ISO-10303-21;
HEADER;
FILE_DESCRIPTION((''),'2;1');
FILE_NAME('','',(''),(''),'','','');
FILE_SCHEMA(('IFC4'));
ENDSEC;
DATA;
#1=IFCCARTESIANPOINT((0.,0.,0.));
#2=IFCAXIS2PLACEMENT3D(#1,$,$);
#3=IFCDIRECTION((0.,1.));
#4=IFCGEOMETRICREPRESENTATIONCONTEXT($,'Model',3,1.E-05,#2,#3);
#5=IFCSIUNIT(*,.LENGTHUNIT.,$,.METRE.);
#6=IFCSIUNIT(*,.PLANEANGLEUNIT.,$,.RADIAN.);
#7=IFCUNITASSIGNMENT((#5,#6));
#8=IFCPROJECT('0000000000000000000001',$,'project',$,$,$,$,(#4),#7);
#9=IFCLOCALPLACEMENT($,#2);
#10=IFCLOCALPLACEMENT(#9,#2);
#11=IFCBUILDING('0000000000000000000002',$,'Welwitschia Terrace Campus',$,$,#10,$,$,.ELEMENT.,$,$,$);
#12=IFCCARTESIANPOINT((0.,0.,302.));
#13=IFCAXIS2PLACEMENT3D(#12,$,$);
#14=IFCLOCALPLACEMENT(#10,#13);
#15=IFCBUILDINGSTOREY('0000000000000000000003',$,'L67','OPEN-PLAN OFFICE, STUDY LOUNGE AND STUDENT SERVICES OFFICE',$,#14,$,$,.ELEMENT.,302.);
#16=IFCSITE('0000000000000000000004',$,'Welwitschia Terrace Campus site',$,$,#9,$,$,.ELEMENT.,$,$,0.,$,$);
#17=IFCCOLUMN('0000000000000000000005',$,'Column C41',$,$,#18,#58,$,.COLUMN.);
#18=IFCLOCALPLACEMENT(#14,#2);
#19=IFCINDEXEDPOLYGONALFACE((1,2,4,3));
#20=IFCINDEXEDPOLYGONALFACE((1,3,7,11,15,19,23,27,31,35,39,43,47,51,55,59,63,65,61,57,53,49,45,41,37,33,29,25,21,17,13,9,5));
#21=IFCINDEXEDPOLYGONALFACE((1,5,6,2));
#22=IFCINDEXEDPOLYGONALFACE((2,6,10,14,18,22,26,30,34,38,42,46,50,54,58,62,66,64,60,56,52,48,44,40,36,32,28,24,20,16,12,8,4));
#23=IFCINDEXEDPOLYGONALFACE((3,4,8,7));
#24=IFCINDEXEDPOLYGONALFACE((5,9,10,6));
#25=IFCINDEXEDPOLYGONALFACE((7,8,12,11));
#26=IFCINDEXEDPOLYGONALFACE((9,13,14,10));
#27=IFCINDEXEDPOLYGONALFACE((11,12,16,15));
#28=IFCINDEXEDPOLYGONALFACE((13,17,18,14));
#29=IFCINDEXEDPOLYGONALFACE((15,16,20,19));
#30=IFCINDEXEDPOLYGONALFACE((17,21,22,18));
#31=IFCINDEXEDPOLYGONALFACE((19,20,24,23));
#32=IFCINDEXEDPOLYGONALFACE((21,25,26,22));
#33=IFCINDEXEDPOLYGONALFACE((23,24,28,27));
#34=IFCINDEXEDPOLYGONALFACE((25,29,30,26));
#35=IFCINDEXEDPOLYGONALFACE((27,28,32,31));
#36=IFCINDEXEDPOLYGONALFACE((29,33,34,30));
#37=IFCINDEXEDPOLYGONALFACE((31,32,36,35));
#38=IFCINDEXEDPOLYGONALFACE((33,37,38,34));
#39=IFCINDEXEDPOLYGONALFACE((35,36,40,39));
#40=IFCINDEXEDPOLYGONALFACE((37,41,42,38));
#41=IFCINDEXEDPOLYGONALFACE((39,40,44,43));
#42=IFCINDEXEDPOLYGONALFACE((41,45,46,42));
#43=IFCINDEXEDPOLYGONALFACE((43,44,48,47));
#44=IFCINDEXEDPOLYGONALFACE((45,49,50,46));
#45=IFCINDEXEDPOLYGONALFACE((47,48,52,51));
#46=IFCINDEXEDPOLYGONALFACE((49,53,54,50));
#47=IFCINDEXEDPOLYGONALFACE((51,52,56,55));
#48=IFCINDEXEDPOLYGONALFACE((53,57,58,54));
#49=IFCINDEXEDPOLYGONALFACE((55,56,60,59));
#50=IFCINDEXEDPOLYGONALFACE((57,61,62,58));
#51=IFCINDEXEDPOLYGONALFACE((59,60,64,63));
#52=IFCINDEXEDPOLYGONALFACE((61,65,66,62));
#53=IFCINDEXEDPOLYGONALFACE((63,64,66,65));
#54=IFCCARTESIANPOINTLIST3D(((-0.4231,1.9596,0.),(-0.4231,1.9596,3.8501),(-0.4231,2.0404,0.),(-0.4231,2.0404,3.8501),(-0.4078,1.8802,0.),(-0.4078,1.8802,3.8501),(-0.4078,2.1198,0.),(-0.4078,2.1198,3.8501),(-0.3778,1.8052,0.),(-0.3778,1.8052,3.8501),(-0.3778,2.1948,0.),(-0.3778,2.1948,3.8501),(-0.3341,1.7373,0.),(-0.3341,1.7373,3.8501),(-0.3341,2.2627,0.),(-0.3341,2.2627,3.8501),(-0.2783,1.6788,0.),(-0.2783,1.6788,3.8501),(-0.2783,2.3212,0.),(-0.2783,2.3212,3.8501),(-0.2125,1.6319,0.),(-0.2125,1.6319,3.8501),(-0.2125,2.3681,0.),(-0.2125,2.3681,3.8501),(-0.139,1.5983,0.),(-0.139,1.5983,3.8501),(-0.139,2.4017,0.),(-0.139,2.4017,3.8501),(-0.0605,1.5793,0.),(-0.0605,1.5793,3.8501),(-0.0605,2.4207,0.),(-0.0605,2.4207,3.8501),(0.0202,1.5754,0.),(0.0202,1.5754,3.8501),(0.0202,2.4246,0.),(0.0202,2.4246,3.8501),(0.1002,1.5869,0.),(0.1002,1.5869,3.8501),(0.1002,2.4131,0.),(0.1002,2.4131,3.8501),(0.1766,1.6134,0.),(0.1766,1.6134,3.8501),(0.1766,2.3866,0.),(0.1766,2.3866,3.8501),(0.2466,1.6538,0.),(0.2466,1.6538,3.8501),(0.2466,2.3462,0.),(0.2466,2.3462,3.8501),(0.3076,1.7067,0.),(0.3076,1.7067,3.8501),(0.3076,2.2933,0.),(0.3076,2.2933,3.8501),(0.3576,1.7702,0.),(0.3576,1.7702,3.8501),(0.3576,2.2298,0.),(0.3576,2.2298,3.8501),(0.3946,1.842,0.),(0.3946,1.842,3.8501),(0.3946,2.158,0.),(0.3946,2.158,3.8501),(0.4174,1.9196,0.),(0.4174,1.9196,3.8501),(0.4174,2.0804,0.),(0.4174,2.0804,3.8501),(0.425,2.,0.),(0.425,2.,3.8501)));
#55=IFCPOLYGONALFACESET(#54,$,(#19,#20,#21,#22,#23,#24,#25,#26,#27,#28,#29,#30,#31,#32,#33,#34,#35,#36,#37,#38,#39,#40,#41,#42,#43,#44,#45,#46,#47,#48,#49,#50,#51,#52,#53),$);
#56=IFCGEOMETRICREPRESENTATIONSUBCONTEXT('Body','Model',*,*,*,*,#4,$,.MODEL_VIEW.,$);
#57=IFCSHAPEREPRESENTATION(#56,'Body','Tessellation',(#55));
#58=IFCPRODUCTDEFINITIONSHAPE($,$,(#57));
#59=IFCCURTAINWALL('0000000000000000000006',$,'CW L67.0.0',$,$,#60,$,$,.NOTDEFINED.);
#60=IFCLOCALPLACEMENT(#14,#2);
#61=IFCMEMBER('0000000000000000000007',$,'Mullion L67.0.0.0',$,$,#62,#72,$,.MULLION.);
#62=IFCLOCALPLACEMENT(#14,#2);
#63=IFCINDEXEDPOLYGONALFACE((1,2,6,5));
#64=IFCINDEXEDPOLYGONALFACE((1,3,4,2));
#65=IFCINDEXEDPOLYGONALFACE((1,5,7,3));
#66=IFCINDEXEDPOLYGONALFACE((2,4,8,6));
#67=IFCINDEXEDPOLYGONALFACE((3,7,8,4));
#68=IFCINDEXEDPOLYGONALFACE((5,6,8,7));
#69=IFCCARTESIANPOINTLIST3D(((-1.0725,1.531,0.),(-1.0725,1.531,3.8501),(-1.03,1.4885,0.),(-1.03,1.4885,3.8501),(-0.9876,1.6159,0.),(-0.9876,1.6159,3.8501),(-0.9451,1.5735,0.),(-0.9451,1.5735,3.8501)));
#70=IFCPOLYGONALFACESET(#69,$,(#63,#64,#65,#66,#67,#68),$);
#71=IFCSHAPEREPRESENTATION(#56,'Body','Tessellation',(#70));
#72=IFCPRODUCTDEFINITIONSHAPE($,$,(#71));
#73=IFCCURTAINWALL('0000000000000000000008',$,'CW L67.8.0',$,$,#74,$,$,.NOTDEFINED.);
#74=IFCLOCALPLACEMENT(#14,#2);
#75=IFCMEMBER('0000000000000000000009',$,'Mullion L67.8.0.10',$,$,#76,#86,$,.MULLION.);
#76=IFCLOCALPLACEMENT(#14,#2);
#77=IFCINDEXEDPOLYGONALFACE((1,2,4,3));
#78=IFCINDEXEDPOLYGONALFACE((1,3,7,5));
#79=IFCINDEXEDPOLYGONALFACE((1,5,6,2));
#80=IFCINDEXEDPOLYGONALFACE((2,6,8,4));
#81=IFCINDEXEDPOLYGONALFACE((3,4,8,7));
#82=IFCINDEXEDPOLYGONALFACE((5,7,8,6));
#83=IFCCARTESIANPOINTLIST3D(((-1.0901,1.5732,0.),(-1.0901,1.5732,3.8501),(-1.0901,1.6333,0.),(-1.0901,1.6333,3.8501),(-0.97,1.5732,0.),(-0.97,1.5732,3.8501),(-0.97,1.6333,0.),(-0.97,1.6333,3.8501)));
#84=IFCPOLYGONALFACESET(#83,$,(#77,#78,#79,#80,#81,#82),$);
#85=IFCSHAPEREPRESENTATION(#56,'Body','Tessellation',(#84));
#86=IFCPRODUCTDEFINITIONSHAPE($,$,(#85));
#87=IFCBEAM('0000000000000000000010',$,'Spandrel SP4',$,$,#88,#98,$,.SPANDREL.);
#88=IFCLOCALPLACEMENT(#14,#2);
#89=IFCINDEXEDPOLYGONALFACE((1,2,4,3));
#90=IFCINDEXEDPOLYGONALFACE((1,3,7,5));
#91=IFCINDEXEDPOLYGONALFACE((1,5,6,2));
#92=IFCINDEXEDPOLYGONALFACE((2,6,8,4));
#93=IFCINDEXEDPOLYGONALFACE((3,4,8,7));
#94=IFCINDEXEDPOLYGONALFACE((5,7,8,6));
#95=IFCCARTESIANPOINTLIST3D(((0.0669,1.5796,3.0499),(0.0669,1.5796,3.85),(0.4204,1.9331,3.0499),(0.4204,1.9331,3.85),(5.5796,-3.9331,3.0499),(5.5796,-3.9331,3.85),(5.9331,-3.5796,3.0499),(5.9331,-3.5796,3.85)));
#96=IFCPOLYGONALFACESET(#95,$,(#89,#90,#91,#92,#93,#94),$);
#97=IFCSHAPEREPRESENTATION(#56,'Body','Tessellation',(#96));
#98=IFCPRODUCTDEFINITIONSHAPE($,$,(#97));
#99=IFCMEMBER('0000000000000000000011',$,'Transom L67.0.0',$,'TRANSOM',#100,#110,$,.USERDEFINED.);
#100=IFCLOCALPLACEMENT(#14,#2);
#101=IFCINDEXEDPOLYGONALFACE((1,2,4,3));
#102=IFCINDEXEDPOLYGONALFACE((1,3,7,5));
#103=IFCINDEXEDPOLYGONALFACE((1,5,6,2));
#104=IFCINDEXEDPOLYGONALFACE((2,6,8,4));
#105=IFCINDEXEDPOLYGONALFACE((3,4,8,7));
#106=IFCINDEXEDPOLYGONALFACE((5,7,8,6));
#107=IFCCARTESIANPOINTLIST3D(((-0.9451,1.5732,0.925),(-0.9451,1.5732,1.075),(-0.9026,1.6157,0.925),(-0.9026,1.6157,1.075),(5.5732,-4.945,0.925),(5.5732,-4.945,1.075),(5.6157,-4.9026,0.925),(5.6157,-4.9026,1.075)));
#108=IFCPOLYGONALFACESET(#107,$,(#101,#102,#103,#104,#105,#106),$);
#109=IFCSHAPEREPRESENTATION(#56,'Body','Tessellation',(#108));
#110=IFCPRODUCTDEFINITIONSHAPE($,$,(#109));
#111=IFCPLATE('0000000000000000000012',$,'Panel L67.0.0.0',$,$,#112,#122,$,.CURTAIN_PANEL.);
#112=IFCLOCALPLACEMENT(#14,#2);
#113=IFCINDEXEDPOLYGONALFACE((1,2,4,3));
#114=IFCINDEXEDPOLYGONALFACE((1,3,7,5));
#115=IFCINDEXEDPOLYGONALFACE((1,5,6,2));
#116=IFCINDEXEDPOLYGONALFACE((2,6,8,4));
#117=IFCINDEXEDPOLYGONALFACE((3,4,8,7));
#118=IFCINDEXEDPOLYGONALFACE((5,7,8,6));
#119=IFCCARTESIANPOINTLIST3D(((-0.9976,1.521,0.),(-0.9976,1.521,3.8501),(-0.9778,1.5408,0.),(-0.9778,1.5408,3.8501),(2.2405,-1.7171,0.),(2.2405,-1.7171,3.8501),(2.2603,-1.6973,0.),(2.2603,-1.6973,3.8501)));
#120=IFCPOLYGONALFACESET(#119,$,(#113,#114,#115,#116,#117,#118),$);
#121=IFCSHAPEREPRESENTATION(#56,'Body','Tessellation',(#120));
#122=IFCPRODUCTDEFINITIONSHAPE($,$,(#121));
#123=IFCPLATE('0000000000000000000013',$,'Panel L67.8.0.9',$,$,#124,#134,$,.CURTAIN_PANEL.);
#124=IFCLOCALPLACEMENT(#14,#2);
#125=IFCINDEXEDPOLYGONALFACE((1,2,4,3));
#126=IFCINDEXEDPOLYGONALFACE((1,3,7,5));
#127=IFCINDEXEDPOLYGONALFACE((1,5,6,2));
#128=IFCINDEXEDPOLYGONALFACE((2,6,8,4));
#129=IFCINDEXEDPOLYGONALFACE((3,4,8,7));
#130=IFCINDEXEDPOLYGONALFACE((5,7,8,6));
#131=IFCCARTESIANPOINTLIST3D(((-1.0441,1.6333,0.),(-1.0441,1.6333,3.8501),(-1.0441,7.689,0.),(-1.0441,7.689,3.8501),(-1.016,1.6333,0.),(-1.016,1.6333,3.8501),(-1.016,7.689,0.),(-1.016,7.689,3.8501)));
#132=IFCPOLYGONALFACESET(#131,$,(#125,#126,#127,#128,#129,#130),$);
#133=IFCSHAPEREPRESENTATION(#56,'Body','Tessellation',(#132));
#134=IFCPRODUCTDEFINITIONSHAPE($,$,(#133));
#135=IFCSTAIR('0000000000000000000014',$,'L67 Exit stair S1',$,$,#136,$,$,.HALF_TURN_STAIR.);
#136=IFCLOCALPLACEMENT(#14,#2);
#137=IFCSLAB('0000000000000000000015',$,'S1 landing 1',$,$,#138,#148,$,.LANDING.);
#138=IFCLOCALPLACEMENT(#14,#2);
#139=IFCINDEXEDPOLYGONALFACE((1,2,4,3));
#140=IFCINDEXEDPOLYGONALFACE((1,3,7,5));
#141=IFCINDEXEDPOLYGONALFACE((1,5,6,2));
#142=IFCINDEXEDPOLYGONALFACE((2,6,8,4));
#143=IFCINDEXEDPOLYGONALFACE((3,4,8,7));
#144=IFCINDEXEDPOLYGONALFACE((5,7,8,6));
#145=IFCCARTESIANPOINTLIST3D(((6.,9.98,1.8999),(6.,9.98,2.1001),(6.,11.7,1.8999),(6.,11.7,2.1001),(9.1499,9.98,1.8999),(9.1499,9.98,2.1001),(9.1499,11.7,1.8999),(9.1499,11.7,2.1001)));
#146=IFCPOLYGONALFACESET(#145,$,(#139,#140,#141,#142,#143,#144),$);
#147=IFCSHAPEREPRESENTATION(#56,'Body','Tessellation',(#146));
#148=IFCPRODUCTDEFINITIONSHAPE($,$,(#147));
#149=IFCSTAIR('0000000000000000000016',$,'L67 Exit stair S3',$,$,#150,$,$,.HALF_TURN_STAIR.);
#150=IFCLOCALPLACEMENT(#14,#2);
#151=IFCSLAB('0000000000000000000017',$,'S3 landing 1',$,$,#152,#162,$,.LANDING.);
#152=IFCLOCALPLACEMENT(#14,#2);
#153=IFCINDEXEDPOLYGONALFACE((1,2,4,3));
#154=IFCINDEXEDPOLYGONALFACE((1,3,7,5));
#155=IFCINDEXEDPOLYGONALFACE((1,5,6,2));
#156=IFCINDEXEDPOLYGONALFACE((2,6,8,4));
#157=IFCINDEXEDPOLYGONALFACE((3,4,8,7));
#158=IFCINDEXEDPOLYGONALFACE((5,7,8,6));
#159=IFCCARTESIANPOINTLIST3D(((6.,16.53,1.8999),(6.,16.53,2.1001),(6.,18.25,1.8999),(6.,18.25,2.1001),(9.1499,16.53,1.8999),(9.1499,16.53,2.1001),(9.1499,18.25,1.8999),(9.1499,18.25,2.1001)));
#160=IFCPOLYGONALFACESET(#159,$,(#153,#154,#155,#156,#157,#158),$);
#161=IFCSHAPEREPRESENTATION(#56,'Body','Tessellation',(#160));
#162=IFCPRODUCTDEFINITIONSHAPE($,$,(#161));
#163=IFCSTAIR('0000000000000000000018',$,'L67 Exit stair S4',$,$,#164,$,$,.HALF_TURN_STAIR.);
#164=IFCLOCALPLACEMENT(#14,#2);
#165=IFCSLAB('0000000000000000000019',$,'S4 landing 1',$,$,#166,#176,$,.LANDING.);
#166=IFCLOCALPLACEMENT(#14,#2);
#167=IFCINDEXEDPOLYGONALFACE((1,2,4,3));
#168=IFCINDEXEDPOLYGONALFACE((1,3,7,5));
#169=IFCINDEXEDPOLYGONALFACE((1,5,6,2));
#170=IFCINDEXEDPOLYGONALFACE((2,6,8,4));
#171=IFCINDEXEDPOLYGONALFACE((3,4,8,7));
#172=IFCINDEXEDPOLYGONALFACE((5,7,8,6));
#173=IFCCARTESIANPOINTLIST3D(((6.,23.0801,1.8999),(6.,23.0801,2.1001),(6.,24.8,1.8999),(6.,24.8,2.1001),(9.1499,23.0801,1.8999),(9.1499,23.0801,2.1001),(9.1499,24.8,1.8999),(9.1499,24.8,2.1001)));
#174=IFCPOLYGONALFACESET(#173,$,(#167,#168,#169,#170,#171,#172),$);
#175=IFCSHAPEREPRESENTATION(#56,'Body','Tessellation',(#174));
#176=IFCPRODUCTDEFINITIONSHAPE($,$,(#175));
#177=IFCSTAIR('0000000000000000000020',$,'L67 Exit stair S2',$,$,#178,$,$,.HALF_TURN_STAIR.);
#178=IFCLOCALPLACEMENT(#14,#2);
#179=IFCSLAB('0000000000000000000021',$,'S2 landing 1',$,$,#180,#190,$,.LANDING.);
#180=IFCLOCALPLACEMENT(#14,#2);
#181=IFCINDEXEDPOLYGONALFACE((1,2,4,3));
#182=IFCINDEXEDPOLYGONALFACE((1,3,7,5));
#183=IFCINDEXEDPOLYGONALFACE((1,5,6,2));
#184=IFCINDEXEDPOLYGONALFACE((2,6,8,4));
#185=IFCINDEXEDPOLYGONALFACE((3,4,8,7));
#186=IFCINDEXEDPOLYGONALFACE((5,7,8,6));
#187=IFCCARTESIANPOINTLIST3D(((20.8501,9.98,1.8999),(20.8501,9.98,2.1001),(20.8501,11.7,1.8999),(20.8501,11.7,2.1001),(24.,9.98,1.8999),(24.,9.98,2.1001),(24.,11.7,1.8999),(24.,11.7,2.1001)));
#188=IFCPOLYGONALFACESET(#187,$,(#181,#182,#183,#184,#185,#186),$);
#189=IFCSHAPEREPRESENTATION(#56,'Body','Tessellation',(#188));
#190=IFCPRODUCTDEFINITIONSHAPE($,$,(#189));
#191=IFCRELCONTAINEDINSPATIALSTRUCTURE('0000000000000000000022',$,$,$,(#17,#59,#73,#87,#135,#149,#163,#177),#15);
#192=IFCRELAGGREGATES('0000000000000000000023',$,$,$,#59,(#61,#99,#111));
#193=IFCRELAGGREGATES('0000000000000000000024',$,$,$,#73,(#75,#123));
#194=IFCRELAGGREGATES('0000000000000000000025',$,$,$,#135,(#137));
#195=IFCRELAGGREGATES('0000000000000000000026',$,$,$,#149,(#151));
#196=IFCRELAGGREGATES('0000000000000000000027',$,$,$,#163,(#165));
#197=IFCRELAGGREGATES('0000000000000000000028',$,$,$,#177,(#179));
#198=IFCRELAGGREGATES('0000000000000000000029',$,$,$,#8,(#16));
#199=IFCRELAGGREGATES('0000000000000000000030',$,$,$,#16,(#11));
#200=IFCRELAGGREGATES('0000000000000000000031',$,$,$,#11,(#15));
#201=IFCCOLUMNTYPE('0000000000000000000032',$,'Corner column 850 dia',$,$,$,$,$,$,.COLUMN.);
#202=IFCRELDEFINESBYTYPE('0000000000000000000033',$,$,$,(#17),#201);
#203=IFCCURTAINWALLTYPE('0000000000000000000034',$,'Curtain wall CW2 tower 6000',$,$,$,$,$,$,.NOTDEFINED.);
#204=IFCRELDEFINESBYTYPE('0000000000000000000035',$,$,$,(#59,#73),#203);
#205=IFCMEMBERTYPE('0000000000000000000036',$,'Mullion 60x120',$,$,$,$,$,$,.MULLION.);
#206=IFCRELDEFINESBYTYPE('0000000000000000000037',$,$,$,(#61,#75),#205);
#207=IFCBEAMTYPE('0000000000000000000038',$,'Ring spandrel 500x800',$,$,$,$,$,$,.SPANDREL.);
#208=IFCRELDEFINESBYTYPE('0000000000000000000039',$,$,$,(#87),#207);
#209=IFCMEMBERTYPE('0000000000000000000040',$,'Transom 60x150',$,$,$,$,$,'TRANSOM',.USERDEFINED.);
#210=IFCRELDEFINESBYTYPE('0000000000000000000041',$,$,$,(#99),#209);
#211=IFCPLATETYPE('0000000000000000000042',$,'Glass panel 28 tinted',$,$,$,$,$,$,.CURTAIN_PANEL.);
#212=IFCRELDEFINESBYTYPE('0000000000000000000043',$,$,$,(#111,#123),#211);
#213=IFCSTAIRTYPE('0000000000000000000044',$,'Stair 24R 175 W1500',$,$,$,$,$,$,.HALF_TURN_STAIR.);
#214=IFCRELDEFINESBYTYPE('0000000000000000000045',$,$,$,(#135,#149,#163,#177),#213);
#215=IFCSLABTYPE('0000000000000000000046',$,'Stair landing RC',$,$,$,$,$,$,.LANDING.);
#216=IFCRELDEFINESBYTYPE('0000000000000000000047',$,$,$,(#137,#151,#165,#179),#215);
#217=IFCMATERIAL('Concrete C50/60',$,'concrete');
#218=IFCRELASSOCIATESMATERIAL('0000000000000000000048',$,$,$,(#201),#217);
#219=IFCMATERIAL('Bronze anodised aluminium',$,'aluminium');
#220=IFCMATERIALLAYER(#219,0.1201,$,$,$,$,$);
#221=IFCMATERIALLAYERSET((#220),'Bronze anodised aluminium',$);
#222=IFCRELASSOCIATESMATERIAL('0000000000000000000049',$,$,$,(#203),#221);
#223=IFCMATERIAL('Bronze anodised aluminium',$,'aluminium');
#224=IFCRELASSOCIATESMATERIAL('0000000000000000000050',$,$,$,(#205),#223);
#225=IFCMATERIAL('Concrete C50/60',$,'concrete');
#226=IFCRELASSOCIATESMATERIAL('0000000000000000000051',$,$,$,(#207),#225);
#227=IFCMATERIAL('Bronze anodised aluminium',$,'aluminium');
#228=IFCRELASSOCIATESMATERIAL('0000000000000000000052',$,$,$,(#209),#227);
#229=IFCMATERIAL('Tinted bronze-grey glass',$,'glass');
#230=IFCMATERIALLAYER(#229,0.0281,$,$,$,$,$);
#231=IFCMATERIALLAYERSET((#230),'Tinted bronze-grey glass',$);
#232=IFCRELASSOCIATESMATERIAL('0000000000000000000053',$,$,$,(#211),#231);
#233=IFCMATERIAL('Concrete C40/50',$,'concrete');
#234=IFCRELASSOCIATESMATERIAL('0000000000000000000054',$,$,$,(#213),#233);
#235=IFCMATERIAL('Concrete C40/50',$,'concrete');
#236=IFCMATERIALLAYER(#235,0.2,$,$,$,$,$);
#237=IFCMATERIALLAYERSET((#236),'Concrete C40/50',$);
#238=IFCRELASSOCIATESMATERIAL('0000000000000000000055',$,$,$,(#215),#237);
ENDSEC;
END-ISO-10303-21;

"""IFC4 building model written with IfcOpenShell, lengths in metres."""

from ifc_helpers import new_model, si_unit, direction, frame, origin, origin_2d, place, context, subcontext, project, spatial, polyline, rectangle, circle, outline, extrude, material, layer, layer_set, material_profile, profile_set, type_object, element, aggregate, save


model = new_model("IFC4")

# Units and contexts
model_context = context("Model", 3, precision=1e-05, world=origin(), true_north=direction((0.0, 1.0)))
body_context = subcontext(model_context, "Body", "Model", "MODEL_VIEW")
ifc_project = project(units=[si_unit("LENGTHUNIT", "METRE"), si_unit("PLANEANGLEUNIT", "RADIAN")], contexts=[model_context])

# Site, building, storey
site_placement = place(None, origin())
site = spatial("IfcSite", under=ifc_project, at=site_placement, Name="Welwitschia Terrace Campus site", CompositionType="ELEMENT", RefElevation=0.0)
building_placement = place(site_placement, origin())
building = spatial("IfcBuilding", under=site, at=building_placement, Name="Welwitschia Terrace Campus", CompositionType="ELEMENT")
storey_placement = place(building_placement, frame((0.0, 0.0, 302.0)))
storey = spatial("IfcBuildingStorey", under=building, at=storey_placement, Name="L67", Description="OPEN-PLAN OFFICE, STUDY LOUNGE AND STUDENT SERVICES OFFICE", CompositionType="ELEMENT", Elevation=302.0)

# Column
ifc_material_1 = material(Name="Concrete C50/60", Category="concrete")
ifc_material_profile_1 = material_profile(ifc_material_1, circle(Radius=0.425, at=origin_2d()))
ifc_profile_set_1 = profile_set([ifc_material_profile_1], Name="Concrete C50/60")
column_type = type_object("IfcColumnType", Name="Corner column 850 dia", PredefinedType="COLUMN", material=ifc_profile_set_1)
column_placement = place(storey_placement, frame((0.0, 2.0, 0.0), z_axis=(0.0, 0.0, 1.0), x_axis=(1.0, 0.0, 0.0)))
element("IfcColumn", 1, at=column_placement, inside=storey, type_object=column_type, Name="Column C41", PredefinedType="COLUMN", context=body_context, shape_type="SweptSolid", body=[
    extrude(circle(Radius=0.425, at=origin_2d()), origin(), (0.0, 0.0, 1.0), 3.8501),
])

# Curtain walls, members
ifc_material_2 = material(Name="Bronze anodised aluminium", Category="aluminium")
ifc_layer_1 = layer(ifc_material_2, 0.1201)
ifc_layer_set_1 = layer_set([ifc_layer_1], Name="Bronze anodised aluminium")
curtain_wall_type = type_object("IfcCurtainWallType", Name="Curtain wall CW2 tower 6000", PredefinedType="NOTDEFINED", material=ifc_layer_set_1)
curtain_wall_1_placement = place(storey_placement, origin())
curtain_wall_1 = element("IfcCurtainWall", 2, at=curtain_wall_1_placement, inside=storey, type_object=curtain_wall_type, Name="CW L67.0.0", PredefinedType="NOTDEFINED")
ifc_material_3 = material(Name="Bronze anodised aluminium", Category="aluminium")
ifc_material_profile_2 = material_profile(ifc_material_3, rectangle(XDim=0.1201, YDim=0.0601, at=origin_2d()))
ifc_profile_set_2 = profile_set([ifc_material_profile_2], Name="Bronze anodised aluminium")
member_type_1 = type_object("IfcMemberType", Name="Mullion 60x120", PredefinedType="MULLION", material=ifc_profile_set_2)
member_1_placement = place(storey_placement, frame((-1.0088, 1.5522, 0.0), z_axis=(0.0, 0.0, 1.0), x_axis=(0.707107, 0.707107, 0.0)))
member_1 = element("IfcMember", 3, at=member_1_placement, type_object=member_type_1, Name="Mullion L67.0.0.0", PredefinedType="MULLION", context=body_context, shape_type="SweptSolid", body=[
    extrude(rectangle(XDim=0.1201, YDim=0.0601, at=origin_2d()), origin(), (0.0, 0.0, 1.0), 3.8501),
])
curtain_wall_2_placement = place(storey_placement, origin())
curtain_wall_2 = element("IfcCurtainWall", 4, at=curtain_wall_2_placement, inside=storey, type_object=curtain_wall_type, Name="CW L67.8.0", PredefinedType="NOTDEFINED")
member_2_placement = place(storey_placement, frame((-1.03, 1.6033, 0.0), z_axis=(0.0, 0.0, 1.0), x_axis=(1.0, 0.0, 0.0)))
member_2 = element("IfcMember", 5, at=member_2_placement, type_object=member_type_1, Name="Mullion L67.8.0.10", PredefinedType="MULLION", context=body_context, shape_type="SweptSolid", body=[
    extrude(rectangle(XDim=0.1201, YDim=0.0601, at=origin_2d()), origin(), (0.0, 0.0, 1.0), 3.8501),
])

# Beam
ifc_material_4 = material(Name="Concrete C50/60", Category="concrete")
ifc_material_profile_3 = material_profile(ifc_material_4, rectangle(XDim=0.5, YDim=0.8, at=origin_2d()))
ifc_profile_set_3 = profile_set([ifc_material_profile_3], Name="Concrete C50/60")
beam_type = type_object("IfcBeamType", Name="Ring spandrel 500x800", PredefinedType="SPANDREL", material=ifc_profile_set_3)
beam_placement = place(storey_placement, frame((0.2437, 1.7563, 3.45), z_axis=(0.707107, -0.707107, 0.0), x_axis=(0.707107, 0.707107, 0.0)))
element("IfcBeam", 6, at=beam_placement, inside=storey, type_object=beam_type, Name="Spandrel SP4", PredefinedType="SPANDREL", context=body_context, shape_type="SweptSolid", body=[
    extrude(rectangle(XDim=0.5, YDim=0.8, at=origin_2d()), origin(), (0.0, 0.0, 1.0), 7.7961),
])

# Member
ifc_material_5 = material(Name="Bronze anodised aluminium", Category="aluminium")
ifc_material_profile_4 = material_profile(ifc_material_5, rectangle(XDim=0.0601, YDim=0.1499, at=origin_2d()))
ifc_profile_set_4 = profile_set([ifc_material_profile_4], Name="Bronze anodised aluminium")
member_type_2 = type_object("IfcMemberType", Name="Transom 60x150", ElementType="TRANSOM", PredefinedType="USERDEFINED", material=ifc_profile_set_4)
member_3_placement = place(storey_placement, frame((-0.9238, 1.5945, 1.0), z_axis=(0.707107, -0.707107, 0.0), x_axis=(0.707107, 0.707107, 0.0)))
member_3 = element("IfcMember", 7, at=member_3_placement, type_object=member_type_2, Name="Transom L67.0.0", ObjectType="TRANSOM", PredefinedType="USERDEFINED", context=body_context, shape_type="SweptSolid", body=[
    extrude(rectangle(XDim=0.0601, YDim=0.1499, at=origin_2d()), origin(), (0.0, 0.0, 1.0), 9.2183),
])

# Plates
ifc_material_6 = material(Name="Tinted bronze-grey glass", Category="glass")
ifc_layer_2 = layer(ifc_material_6, 0.0281)
ifc_layer_set_2 = layer_set([ifc_layer_2], Name="Tinted bronze-grey glass")
plate_type = type_object("IfcPlateType", Name="Glass panel 28 tinted", PredefinedType="CURTAIN_PANEL", material=ifc_layer_set_2)
plate_1_placement = place(storey_placement, frame((0.6313, -0.0881, 0.0), z_axis=(0.0, 0.0, 1.0), x_axis=(0.707107, -0.707107, 0.0)))
plate_1 = element("IfcPlate", 8, at=plate_1_placement, type_object=plate_type, Name="Panel L67.0.0.0", PredefinedType="CURTAIN_PANEL", context=body_context, shape_type="SweptSolid", body=[
    extrude(rectangle(XDim=4.5793, YDim=0.0281, at=origin_2d()), origin(), (0.0, 0.0, 1.0), 3.8501),
])
aggregate(curtain_wall_1, [member_1, member_3, plate_1])
plate_2_placement = place(storey_placement, frame((-1.03, 4.6611, 0.0), z_axis=(0.0, 0.0, 1.0), x_axis=(0.0, -1.0, 0.0)))
plate_2 = element("IfcPlate", 9, at=plate_2_placement, type_object=plate_type, Name="Panel L67.8.0.9", PredefinedType="CURTAIN_PANEL", context=body_context, shape_type="SweptSolid", body=[
    extrude(rectangle(XDim=6.0557, YDim=0.0281, at=origin_2d()), origin(), (0.0, 0.0, 1.0), 3.8501),
])
aggregate(curtain_wall_2, [member_2, plate_2])

# Stairs, slabs
ifc_material_7 = material(Name="Concrete C40/50", Category="concrete")
stair_type = type_object("IfcStairType", Name="Stair 24R 175 W1500", PredefinedType="HALF_TURN_STAIR", material=ifc_material_7)
stair_1_placement = place(storey_placement, origin())
stair_1 = element("IfcStair", 10, at=stair_1_placement, inside=storey, type_object=stair_type, Name="L67 Exit stair S1", PredefinedType="HALF_TURN_STAIR")
ifc_material_8 = material(Name="Concrete C40/50", Category="concrete")
ifc_layer_3 = layer(ifc_material_8, 0.2)
ifc_layer_set_3 = layer_set([ifc_layer_3], Name="Concrete C40/50")
slab_type_1 = type_object("IfcSlabType", Name="Stair landing RC", PredefinedType="LANDING", material=ifc_layer_set_3)
slab_1_placement = place(storey_placement, frame((0.0, 0.0, 1.8999)))
slab_1 = element("IfcSlab", 11, at=slab_1_placement, type_object=slab_type_1, Name="S1 landing 1", PredefinedType="LANDING", context=body_context, shape_type="SweptSolid", body=[
    extrude(outline(polyline([(9.1499, 9.98), (9.1499, 11.7), (6.0, 11.7), (6.0, 9.98), (9.1499, 9.98)])), origin(), (0.0, 0.0, 1.0), 0.2002),
])
aggregate(stair_1, [slab_1])
stair_2_placement = place(storey_placement, origin())
stair_2 = element("IfcStair", 12, at=stair_2_placement, inside=storey, type_object=stair_type, Name="L67 Exit stair S3", PredefinedType="HALF_TURN_STAIR")
slab_2_placement = place(storey_placement, frame((0.0, 0.0, 1.8999)))
slab_2 = element("IfcSlab", 13, at=slab_2_placement, type_object=slab_type_1, Name="S3 landing 1", PredefinedType="LANDING", context=body_context, shape_type="SweptSolid", body=[
    extrude(outline(polyline([(9.1499, 16.53), (9.1499, 18.25), (6.0, 18.25), (6.0, 16.53), (9.1499, 16.53)])), origin(), (0.0, 0.0, 1.0), 0.2002),
])
aggregate(stair_2, [slab_2])
stair_3_placement = place(storey_placement, origin())
stair_3 = element("IfcStair", 14, at=stair_3_placement, inside=storey, type_object=stair_type, Name="L67 Exit stair S4", PredefinedType="HALF_TURN_STAIR")
slab_3_placement = place(storey_placement, frame((0.0, 0.0, 1.8999)))
slab_3 = element("IfcSlab", 15, at=slab_3_placement, type_object=slab_type_1, Name="S4 landing 1", PredefinedType="LANDING", context=body_context, shape_type="SweptSolid", body=[
    extrude(outline(polyline([(9.1499, 23.0801), (9.1499, 24.8), (6.0, 24.8), (6.0, 23.0801), (9.1499, 23.0801)])), origin(), (0.0, 0.0, 1.0), 0.2002),
])
aggregate(stair_3, [slab_3])
stair_4_placement = place(storey_placement, origin())
stair_4 = element("IfcStair", 16, at=stair_4_placement, inside=storey, type_object=stair_type, Name="L67 Exit stair S2", PredefinedType="HALF_TURN_STAIR")
slab_4_placement = place(storey_placement, frame((0.0, 0.0, 1.8999)))
slab_4 = element("IfcSlab", 17, at=slab_4_placement, type_object=slab_type_1, Name="S2 landing 1", PredefinedType="LANDING", context=body_context, shape_type="SweptSolid", body=[
    extrude(outline(polyline([(24.0, 9.98), (24.0, 11.7), (20.8501, 11.7), (20.8501, 9.98), (24.0, 9.98)])), origin(), (0.0, 0.0, 1.0), 0.2002),
])
aggregate(stair_4, [slab_4])

save(model, "model.ifc")
